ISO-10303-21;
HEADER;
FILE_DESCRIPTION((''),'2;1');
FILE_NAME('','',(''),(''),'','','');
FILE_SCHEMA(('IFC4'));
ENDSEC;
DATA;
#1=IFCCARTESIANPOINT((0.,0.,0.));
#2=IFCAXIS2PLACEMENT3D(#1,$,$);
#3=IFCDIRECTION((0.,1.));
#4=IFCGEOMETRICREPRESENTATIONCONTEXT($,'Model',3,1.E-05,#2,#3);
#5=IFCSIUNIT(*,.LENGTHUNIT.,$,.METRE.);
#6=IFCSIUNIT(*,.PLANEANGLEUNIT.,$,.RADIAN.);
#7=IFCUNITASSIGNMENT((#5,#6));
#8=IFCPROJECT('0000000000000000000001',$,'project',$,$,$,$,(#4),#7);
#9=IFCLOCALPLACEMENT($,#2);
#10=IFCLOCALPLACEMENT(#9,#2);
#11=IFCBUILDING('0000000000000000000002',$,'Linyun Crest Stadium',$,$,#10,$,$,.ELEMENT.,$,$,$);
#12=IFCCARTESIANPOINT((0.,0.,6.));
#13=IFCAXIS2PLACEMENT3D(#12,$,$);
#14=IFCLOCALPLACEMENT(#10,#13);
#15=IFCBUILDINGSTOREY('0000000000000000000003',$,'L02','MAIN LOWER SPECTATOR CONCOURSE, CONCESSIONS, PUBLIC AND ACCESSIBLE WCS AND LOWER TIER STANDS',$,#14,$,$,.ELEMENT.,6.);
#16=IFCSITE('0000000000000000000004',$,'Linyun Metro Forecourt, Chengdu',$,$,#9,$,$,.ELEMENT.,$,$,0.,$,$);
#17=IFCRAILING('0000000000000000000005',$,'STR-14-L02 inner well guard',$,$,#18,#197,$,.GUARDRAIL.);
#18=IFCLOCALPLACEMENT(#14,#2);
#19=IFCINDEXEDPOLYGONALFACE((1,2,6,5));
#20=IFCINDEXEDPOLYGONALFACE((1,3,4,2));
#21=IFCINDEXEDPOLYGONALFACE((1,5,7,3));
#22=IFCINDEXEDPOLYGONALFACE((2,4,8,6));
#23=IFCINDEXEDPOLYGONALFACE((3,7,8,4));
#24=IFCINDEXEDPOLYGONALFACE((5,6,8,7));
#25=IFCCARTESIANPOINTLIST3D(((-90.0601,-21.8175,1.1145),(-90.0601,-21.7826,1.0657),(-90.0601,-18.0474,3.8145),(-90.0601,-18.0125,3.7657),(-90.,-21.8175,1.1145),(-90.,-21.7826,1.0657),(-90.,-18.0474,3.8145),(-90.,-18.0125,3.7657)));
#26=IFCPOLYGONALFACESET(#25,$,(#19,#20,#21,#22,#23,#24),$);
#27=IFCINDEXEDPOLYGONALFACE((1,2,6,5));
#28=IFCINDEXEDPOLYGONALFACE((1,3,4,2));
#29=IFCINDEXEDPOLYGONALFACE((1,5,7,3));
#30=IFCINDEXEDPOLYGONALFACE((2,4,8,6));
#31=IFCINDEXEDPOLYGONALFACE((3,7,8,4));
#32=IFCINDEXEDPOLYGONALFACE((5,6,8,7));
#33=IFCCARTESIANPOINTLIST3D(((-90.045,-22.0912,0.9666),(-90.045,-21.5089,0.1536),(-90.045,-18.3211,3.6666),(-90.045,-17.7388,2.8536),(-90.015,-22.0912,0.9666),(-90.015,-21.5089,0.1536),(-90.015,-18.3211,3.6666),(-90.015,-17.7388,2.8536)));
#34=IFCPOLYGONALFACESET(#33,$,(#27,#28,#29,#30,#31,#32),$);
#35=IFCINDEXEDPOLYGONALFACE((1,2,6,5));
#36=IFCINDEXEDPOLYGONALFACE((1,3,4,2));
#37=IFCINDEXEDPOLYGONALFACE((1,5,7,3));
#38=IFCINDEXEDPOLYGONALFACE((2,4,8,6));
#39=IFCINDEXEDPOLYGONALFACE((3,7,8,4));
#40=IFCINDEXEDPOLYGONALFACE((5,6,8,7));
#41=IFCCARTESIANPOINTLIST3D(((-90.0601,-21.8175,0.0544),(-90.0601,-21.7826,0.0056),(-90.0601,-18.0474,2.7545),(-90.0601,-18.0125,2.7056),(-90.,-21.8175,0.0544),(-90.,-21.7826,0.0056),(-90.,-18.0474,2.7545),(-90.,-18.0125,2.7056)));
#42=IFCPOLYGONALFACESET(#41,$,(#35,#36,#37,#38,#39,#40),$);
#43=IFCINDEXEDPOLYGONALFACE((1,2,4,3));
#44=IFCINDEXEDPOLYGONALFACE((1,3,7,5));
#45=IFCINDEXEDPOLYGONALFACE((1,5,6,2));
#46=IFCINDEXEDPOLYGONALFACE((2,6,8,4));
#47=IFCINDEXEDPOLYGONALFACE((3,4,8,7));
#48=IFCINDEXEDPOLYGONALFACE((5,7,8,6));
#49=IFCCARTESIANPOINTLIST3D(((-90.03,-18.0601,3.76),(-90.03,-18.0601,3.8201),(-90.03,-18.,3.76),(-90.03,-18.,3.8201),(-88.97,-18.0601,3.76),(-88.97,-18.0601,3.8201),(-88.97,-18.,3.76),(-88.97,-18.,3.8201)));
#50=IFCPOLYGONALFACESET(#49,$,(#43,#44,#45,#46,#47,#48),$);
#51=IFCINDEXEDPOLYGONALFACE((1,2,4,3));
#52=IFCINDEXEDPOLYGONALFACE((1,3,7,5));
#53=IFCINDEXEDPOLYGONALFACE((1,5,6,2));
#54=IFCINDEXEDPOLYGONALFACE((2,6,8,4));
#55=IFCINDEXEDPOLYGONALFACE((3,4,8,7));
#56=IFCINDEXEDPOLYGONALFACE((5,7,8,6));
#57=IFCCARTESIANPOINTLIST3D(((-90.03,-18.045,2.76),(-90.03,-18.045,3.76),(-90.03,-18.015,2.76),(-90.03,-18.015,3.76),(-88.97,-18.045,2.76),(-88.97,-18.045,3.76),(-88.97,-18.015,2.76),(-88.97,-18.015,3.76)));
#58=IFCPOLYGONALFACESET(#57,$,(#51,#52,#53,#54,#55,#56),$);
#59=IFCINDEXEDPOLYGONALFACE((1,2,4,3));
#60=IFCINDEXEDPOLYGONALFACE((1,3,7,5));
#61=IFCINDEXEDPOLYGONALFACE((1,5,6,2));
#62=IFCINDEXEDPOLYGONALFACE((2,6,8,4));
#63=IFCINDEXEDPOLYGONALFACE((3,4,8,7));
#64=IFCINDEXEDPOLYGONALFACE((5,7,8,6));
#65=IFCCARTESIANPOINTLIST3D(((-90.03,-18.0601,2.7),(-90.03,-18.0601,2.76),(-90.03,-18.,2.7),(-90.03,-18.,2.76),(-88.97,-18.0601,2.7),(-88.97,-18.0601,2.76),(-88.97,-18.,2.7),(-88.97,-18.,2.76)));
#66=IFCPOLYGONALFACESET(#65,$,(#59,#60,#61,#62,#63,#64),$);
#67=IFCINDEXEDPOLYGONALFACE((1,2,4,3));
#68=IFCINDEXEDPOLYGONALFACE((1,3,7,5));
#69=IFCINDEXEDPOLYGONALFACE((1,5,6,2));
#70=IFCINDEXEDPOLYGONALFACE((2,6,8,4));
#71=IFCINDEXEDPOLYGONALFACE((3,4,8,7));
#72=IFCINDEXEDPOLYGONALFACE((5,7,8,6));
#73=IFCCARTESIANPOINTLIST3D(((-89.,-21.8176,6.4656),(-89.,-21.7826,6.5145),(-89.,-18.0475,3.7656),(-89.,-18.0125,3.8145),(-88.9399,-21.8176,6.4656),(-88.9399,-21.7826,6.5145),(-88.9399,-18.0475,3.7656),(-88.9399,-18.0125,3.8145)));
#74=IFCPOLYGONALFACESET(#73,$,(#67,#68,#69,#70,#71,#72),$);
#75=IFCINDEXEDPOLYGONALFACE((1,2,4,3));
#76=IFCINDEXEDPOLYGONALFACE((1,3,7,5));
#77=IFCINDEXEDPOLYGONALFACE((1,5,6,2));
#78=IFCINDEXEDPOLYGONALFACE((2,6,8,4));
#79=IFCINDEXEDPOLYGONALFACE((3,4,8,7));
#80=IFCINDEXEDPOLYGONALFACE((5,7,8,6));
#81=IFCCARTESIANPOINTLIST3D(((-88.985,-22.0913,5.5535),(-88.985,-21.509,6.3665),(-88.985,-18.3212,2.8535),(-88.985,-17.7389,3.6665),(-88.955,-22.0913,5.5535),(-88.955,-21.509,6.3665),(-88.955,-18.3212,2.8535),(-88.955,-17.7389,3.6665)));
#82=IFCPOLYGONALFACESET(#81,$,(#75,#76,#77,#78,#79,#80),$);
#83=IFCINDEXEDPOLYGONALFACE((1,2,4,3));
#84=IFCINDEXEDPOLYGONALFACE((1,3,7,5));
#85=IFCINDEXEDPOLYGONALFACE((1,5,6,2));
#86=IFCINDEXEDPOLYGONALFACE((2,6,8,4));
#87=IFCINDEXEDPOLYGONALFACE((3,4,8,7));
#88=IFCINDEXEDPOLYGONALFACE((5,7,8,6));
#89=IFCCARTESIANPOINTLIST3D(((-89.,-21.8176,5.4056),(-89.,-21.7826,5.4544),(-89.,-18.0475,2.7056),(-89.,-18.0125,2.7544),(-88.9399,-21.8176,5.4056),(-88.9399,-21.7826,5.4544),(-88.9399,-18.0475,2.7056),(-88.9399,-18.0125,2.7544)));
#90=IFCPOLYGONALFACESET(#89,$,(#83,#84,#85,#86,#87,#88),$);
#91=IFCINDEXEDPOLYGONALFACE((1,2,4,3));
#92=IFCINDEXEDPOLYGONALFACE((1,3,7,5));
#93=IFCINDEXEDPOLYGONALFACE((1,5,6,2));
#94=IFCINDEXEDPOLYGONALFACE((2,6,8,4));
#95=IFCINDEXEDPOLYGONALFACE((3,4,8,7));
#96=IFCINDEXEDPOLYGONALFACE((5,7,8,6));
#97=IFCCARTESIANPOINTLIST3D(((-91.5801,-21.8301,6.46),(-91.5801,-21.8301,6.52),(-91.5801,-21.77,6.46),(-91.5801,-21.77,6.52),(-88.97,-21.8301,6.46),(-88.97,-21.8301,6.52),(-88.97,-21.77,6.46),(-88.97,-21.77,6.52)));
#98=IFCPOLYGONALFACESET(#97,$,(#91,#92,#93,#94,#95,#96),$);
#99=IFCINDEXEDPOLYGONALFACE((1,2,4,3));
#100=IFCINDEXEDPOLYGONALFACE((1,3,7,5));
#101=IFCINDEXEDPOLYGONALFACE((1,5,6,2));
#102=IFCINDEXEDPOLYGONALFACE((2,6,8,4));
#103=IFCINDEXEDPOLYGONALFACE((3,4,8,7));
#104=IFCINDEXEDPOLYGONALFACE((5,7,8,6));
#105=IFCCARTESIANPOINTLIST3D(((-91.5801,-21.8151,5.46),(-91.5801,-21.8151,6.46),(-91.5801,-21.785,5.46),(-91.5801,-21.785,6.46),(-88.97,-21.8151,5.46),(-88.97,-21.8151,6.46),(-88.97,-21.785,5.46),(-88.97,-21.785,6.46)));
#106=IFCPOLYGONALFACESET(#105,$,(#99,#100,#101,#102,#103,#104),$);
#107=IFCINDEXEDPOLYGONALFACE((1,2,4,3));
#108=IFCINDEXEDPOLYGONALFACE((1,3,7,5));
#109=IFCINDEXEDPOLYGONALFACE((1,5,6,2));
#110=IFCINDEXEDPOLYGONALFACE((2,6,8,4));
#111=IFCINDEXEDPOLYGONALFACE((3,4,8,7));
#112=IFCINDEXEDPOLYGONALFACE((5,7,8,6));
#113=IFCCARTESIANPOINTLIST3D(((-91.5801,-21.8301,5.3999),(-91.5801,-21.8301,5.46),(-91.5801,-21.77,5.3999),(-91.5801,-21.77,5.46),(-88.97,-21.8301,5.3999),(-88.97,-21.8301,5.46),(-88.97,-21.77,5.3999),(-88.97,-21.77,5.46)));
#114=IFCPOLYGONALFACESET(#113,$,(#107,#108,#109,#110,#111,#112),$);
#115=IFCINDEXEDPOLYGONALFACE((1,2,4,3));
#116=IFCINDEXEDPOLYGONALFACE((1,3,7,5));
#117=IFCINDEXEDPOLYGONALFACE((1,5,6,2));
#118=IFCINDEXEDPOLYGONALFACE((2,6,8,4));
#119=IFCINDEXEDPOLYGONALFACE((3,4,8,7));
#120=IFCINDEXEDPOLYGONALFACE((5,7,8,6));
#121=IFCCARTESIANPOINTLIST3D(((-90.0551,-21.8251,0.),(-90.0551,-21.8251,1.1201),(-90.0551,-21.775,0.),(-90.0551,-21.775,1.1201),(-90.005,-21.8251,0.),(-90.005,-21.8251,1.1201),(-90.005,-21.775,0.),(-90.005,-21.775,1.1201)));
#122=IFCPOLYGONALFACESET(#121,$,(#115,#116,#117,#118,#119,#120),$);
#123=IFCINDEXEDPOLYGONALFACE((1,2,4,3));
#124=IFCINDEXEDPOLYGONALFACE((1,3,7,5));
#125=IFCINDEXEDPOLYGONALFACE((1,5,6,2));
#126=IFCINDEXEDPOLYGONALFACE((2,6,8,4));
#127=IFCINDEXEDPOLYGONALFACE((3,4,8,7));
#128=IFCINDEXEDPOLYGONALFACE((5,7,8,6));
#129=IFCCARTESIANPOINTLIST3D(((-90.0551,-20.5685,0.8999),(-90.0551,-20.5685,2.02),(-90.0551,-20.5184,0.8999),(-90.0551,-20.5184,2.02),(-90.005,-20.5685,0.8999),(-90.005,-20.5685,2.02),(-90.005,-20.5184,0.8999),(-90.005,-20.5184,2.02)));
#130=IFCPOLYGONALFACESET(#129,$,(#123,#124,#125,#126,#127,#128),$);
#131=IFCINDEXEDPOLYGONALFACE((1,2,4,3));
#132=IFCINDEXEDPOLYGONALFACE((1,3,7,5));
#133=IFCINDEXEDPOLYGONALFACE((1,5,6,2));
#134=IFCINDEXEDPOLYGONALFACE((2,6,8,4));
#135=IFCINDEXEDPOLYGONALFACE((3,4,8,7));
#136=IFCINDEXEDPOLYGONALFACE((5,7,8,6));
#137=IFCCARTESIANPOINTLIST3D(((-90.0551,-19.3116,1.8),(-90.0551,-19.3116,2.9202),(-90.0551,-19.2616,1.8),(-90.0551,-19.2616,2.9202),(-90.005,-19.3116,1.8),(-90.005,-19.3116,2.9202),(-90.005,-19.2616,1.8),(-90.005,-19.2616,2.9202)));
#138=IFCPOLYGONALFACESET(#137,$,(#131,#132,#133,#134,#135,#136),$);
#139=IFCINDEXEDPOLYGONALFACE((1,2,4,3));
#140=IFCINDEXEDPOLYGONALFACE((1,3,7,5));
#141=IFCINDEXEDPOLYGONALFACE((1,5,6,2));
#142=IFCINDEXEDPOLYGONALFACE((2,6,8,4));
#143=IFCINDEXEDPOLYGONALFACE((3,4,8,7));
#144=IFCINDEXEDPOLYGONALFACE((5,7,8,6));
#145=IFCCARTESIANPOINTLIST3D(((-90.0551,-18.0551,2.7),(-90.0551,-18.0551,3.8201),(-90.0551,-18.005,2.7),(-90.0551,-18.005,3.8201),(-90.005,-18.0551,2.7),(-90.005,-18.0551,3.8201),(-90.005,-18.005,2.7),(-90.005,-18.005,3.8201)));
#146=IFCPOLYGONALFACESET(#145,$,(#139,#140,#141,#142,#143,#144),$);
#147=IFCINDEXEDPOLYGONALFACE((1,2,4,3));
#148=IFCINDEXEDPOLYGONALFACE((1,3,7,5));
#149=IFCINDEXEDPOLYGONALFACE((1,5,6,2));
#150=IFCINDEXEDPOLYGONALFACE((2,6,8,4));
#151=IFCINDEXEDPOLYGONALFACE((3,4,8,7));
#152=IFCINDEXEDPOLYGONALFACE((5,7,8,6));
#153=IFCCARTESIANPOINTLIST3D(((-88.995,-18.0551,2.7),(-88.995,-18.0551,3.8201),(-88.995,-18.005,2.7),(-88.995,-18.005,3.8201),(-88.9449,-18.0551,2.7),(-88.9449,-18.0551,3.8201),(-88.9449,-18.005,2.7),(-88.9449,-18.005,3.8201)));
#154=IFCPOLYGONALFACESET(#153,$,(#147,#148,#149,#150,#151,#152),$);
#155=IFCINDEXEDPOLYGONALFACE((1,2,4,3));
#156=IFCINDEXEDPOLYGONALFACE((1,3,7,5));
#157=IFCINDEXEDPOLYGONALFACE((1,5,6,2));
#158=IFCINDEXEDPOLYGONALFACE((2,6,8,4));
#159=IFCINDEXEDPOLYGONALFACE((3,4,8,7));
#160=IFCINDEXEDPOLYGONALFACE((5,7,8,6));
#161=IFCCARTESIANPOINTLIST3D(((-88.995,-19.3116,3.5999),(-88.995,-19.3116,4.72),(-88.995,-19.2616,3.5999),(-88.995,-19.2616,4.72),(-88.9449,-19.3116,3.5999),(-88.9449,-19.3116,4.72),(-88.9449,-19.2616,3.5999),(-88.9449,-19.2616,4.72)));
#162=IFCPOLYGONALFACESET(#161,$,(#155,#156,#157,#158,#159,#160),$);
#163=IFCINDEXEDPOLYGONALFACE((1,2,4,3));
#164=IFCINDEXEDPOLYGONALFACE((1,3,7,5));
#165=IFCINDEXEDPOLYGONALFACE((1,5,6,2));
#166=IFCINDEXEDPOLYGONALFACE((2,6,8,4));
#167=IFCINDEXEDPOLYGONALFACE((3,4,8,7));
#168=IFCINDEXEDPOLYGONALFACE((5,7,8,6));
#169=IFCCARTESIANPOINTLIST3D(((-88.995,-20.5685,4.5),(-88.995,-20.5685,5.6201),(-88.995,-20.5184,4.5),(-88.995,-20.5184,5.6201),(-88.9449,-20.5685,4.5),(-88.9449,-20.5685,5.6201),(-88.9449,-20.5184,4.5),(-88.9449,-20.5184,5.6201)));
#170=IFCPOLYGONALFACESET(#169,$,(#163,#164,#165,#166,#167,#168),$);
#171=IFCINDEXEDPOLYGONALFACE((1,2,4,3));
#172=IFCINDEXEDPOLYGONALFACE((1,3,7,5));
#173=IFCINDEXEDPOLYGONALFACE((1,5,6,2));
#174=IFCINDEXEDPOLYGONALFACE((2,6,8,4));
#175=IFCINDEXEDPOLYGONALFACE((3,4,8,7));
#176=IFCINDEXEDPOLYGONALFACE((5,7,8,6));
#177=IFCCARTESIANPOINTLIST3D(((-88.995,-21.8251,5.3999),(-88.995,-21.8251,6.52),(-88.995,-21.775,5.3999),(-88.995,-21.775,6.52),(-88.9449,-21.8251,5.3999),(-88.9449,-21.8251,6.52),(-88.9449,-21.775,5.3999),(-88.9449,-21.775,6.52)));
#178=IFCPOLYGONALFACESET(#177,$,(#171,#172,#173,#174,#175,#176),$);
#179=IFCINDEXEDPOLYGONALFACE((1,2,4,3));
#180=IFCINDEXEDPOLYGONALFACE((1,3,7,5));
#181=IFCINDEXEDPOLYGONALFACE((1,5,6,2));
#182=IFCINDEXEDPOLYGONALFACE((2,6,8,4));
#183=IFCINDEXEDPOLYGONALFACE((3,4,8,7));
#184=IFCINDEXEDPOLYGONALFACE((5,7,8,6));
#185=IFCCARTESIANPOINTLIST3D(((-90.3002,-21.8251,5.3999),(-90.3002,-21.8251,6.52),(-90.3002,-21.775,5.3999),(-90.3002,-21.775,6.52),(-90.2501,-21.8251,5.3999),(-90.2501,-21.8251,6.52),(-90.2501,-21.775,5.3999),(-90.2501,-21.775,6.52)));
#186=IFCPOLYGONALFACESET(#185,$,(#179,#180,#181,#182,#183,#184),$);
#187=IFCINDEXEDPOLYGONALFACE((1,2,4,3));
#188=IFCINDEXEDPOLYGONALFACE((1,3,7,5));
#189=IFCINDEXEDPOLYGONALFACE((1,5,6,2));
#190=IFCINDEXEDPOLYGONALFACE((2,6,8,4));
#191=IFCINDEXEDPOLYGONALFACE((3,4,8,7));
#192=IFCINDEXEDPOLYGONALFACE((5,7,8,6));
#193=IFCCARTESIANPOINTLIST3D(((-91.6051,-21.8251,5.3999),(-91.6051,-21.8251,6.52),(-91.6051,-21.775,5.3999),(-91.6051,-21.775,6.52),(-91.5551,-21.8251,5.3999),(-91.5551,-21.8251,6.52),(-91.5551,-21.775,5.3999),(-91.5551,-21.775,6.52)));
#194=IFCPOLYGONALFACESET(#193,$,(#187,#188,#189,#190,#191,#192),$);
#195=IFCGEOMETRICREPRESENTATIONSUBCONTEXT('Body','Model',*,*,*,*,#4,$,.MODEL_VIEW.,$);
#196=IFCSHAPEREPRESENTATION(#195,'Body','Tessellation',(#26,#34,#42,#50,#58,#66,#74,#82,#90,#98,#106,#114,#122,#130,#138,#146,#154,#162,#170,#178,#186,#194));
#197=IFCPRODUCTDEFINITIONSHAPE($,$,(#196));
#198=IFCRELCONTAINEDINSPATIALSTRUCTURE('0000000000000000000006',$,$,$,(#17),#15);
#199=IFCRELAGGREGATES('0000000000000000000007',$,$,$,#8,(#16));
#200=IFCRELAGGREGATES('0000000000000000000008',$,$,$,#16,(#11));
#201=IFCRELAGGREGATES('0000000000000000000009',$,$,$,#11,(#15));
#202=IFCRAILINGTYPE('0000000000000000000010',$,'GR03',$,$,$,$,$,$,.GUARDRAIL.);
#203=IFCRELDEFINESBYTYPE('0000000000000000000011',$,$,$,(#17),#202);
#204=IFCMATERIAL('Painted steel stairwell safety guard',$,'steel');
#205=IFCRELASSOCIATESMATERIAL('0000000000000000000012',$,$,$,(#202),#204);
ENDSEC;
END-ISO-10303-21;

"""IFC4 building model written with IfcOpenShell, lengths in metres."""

from ifc_helpers import new_model, si_unit, direction, frame, origin, origin_2d, place, context, subcontext, project, spatial, rectangle, extrude, material, type_object, element, save


model = new_model("IFC4")

# Units and contexts
model_context = context("Model", 3, precision=1e-05, world=origin(), true_north=direction((0.0, 1.0)))
body_context = subcontext(model_context, "Body", "Model", "MODEL_VIEW")
ifc_project = project(units=[si_unit("LENGTHUNIT", "METRE"), si_unit("PLANEANGLEUNIT", "RADIAN")], contexts=[model_context])

# Site, building, storey
site_placement = place(None, origin())
site = spatial("IfcSite", under=ifc_project, at=site_placement, Name="Linyun Metro Forecourt, Chengdu", CompositionType="ELEMENT", RefElevation=0.0)
building_placement = place(site_placement, origin())
building = spatial("IfcBuilding", under=site, at=building_placement, Name="Linyun Crest Stadium", CompositionType="ELEMENT")
storey_placement = place(building_placement, frame((0.0, 0.0, 6.0)))
storey = spatial("IfcBuildingStorey", under=building, at=storey_placement, Name="L02", Description="MAIN LOWER SPECTATOR CONCOURSE, CONCESSIONS, PUBLIC AND ACCESSIBLE WCS AND LOWER TIER STANDS", CompositionType="ELEMENT", Elevation=6.0)

# Railing
ifc_material_1 = material(Name="Painted steel stairwell safety guard", Category="steel")
railing_type_1 = type_object("IfcRailingType", Name="GR03", PredefinedType="GUARDRAIL", material=ifc_material_1)
railing_1_placement = place(storey_placement, frame((-90.03, -21.8, 0.0)))
element("IfcRailing", 1, at=railing_1_placement, inside=storey, type_object=railing_type_1, Name="STR-14-L02 inner well guard", PredefinedType="GUARDRAIL", context=body_context, shape_type="SweptSolid", body=[
    extrude(rectangle(XDim=0.0601, YDim=0.0601, at=origin_2d()), frame((0.0, 0.0, 1.0901), z_axis=(0.0, 0.813011, 0.582249), x_axis=(-1.0, 0.0, 0.0)), (0.0, 0.0, 1.0), 4.6372),
    extrude(rectangle(XDim=0.03, YDim=1.0, at=origin_2d()), frame((0.0, 0.0, 0.5601), z_axis=(0.0, 0.813011, 0.582249), x_axis=(-1.0, 0.0, 0.0)), (0.0, 0.0, 1.0), 4.6372),
    extrude(rectangle(XDim=0.0601, YDim=0.0601, at=origin_2d()), frame((0.0, 0.0, 0.03), z_axis=(0.0, 0.813011, 0.582249), x_axis=(-1.0, 0.0, 0.0)), (0.0, 0.0, 1.0), 4.6372),
    extrude(rectangle(XDim=0.0601, YDim=0.0601, at=origin_2d()), frame((0.0, 3.77, 3.79), z_axis=(1.0, 0.0, 0.0), x_axis=(0.0, 1.0, 0.0)), (0.0, 0.0, 1.0), 1.0601),
    extrude(rectangle(XDim=0.03, YDim=1.0, at=origin_2d()), frame((0.0, 3.77, 3.26), z_axis=(1.0, 0.0, 0.0), x_axis=(0.0, 1.0, 0.0)), (0.0, 0.0, 1.0), 1.0601),
    extrude(rectangle(XDim=0.0601, YDim=0.0601, at=origin_2d()), frame((0.0, 3.77, 2.73), z_axis=(1.0, 0.0, 0.0), x_axis=(0.0, 1.0, 0.0)), (0.0, 0.0, 1.0), 1.0601),
    extrude(rectangle(XDim=0.0601, YDim=0.0601, at=origin_2d()), frame((1.0601, 3.77, 3.79), z_axis=(0.0, -0.813011, 0.582249), x_axis=(1.0, 0.0, 0.0)), (0.0, 0.0, 1.0), 4.6372),
    extrude(rectangle(XDim=0.03, YDim=1.0, at=origin_2d()), frame((1.0601, 3.77, 3.26), z_axis=(0.0, -0.813011, 0.582249), x_axis=(1.0, 0.0, 0.0)), (0.0, 0.0, 1.0), 4.6372),
    extrude(rectangle(XDim=0.0601, YDim=0.0601, at=origin_2d()), frame((1.0601, 3.77, 2.73), z_axis=(0.0, -0.813011, 0.582249), x_axis=(1.0, 0.0, 0.0)), (0.0, 0.0, 1.0), 4.6372),
    extrude(rectangle(XDim=0.0601, YDim=0.0601, at=origin_2d()), frame((1.0601, 0.0, 6.49), z_axis=(-1.0, 0.0, 0.0), x_axis=(0.0, -1.0, 0.0)), (0.0, 0.0, 1.0), 2.6101),
    extrude(rectangle(XDim=0.03, YDim=1.0, at=origin_2d()), frame((1.0601, 0.0, 5.96), z_axis=(-1.0, 0.0, 0.0), x_axis=(0.0, -1.0, 0.0)), (0.0, 0.0, 1.0), 2.6101),
    extrude(rectangle(XDim=0.0601, YDim=0.0601, at=origin_2d()), frame((1.0601, 0.0, 5.4299), z_axis=(-1.0, 0.0, 0.0), x_axis=(0.0, -1.0, 0.0)), (0.0, 0.0, 1.0), 2.6101),
    extrude(rectangle(XDim=0.05, YDim=0.05, at=origin_2d()), origin(), (0.0, 0.0, 1.0), 1.1201),
    extrude(rectangle(XDim=0.05, YDim=0.05, at=origin_2d()), frame((0.0, 1.2566, 0.8999)), (0.0, 0.0, 1.0), 1.1201),
    extrude(rectangle(XDim=0.05, YDim=0.05, at=origin_2d()), frame((0.0, 2.5134, 1.8)), (0.0, 0.0, 1.0), 1.1201),
    extrude(rectangle(XDim=0.05, YDim=0.05, at=origin_2d()), frame((0.0, 3.77, 2.7)), (0.0, 0.0, 1.0), 1.1201),
    extrude(rectangle(XDim=0.05, YDim=0.05, at=origin_2d()), frame((1.0601, 3.77, 2.7)), (0.0, 0.0, 1.0), 1.1201),
    extrude(rectangle(XDim=0.05, YDim=0.05, at=origin_2d()), frame((1.0601, 2.5134, 3.5999)), (0.0, 0.0, 1.0), 1.1201),
    extrude(rectangle(XDim=0.05, YDim=0.05, at=origin_2d()), frame((1.0601, 1.2566, 4.5)), (0.0, 0.0, 1.0), 1.1201),
    extrude(rectangle(XDim=0.05, YDim=0.05, at=origin_2d()), frame((1.0601, 0.0, 5.3999)), (0.0, 0.0, 1.0), 1.1201),
    extrude(rectangle(XDim=0.05, YDim=0.05, at=origin_2d()), frame((-0.2451, 0.0, 5.3999)), (0.0, 0.0, 1.0), 1.1201),
    extrude(rectangle(XDim=0.05, YDim=0.05, at=origin_2d()), frame((-1.55, 0.0, 5.3999)), (0.0, 0.0, 1.0), 1.1201),
])

save(model, "model.ifc")
